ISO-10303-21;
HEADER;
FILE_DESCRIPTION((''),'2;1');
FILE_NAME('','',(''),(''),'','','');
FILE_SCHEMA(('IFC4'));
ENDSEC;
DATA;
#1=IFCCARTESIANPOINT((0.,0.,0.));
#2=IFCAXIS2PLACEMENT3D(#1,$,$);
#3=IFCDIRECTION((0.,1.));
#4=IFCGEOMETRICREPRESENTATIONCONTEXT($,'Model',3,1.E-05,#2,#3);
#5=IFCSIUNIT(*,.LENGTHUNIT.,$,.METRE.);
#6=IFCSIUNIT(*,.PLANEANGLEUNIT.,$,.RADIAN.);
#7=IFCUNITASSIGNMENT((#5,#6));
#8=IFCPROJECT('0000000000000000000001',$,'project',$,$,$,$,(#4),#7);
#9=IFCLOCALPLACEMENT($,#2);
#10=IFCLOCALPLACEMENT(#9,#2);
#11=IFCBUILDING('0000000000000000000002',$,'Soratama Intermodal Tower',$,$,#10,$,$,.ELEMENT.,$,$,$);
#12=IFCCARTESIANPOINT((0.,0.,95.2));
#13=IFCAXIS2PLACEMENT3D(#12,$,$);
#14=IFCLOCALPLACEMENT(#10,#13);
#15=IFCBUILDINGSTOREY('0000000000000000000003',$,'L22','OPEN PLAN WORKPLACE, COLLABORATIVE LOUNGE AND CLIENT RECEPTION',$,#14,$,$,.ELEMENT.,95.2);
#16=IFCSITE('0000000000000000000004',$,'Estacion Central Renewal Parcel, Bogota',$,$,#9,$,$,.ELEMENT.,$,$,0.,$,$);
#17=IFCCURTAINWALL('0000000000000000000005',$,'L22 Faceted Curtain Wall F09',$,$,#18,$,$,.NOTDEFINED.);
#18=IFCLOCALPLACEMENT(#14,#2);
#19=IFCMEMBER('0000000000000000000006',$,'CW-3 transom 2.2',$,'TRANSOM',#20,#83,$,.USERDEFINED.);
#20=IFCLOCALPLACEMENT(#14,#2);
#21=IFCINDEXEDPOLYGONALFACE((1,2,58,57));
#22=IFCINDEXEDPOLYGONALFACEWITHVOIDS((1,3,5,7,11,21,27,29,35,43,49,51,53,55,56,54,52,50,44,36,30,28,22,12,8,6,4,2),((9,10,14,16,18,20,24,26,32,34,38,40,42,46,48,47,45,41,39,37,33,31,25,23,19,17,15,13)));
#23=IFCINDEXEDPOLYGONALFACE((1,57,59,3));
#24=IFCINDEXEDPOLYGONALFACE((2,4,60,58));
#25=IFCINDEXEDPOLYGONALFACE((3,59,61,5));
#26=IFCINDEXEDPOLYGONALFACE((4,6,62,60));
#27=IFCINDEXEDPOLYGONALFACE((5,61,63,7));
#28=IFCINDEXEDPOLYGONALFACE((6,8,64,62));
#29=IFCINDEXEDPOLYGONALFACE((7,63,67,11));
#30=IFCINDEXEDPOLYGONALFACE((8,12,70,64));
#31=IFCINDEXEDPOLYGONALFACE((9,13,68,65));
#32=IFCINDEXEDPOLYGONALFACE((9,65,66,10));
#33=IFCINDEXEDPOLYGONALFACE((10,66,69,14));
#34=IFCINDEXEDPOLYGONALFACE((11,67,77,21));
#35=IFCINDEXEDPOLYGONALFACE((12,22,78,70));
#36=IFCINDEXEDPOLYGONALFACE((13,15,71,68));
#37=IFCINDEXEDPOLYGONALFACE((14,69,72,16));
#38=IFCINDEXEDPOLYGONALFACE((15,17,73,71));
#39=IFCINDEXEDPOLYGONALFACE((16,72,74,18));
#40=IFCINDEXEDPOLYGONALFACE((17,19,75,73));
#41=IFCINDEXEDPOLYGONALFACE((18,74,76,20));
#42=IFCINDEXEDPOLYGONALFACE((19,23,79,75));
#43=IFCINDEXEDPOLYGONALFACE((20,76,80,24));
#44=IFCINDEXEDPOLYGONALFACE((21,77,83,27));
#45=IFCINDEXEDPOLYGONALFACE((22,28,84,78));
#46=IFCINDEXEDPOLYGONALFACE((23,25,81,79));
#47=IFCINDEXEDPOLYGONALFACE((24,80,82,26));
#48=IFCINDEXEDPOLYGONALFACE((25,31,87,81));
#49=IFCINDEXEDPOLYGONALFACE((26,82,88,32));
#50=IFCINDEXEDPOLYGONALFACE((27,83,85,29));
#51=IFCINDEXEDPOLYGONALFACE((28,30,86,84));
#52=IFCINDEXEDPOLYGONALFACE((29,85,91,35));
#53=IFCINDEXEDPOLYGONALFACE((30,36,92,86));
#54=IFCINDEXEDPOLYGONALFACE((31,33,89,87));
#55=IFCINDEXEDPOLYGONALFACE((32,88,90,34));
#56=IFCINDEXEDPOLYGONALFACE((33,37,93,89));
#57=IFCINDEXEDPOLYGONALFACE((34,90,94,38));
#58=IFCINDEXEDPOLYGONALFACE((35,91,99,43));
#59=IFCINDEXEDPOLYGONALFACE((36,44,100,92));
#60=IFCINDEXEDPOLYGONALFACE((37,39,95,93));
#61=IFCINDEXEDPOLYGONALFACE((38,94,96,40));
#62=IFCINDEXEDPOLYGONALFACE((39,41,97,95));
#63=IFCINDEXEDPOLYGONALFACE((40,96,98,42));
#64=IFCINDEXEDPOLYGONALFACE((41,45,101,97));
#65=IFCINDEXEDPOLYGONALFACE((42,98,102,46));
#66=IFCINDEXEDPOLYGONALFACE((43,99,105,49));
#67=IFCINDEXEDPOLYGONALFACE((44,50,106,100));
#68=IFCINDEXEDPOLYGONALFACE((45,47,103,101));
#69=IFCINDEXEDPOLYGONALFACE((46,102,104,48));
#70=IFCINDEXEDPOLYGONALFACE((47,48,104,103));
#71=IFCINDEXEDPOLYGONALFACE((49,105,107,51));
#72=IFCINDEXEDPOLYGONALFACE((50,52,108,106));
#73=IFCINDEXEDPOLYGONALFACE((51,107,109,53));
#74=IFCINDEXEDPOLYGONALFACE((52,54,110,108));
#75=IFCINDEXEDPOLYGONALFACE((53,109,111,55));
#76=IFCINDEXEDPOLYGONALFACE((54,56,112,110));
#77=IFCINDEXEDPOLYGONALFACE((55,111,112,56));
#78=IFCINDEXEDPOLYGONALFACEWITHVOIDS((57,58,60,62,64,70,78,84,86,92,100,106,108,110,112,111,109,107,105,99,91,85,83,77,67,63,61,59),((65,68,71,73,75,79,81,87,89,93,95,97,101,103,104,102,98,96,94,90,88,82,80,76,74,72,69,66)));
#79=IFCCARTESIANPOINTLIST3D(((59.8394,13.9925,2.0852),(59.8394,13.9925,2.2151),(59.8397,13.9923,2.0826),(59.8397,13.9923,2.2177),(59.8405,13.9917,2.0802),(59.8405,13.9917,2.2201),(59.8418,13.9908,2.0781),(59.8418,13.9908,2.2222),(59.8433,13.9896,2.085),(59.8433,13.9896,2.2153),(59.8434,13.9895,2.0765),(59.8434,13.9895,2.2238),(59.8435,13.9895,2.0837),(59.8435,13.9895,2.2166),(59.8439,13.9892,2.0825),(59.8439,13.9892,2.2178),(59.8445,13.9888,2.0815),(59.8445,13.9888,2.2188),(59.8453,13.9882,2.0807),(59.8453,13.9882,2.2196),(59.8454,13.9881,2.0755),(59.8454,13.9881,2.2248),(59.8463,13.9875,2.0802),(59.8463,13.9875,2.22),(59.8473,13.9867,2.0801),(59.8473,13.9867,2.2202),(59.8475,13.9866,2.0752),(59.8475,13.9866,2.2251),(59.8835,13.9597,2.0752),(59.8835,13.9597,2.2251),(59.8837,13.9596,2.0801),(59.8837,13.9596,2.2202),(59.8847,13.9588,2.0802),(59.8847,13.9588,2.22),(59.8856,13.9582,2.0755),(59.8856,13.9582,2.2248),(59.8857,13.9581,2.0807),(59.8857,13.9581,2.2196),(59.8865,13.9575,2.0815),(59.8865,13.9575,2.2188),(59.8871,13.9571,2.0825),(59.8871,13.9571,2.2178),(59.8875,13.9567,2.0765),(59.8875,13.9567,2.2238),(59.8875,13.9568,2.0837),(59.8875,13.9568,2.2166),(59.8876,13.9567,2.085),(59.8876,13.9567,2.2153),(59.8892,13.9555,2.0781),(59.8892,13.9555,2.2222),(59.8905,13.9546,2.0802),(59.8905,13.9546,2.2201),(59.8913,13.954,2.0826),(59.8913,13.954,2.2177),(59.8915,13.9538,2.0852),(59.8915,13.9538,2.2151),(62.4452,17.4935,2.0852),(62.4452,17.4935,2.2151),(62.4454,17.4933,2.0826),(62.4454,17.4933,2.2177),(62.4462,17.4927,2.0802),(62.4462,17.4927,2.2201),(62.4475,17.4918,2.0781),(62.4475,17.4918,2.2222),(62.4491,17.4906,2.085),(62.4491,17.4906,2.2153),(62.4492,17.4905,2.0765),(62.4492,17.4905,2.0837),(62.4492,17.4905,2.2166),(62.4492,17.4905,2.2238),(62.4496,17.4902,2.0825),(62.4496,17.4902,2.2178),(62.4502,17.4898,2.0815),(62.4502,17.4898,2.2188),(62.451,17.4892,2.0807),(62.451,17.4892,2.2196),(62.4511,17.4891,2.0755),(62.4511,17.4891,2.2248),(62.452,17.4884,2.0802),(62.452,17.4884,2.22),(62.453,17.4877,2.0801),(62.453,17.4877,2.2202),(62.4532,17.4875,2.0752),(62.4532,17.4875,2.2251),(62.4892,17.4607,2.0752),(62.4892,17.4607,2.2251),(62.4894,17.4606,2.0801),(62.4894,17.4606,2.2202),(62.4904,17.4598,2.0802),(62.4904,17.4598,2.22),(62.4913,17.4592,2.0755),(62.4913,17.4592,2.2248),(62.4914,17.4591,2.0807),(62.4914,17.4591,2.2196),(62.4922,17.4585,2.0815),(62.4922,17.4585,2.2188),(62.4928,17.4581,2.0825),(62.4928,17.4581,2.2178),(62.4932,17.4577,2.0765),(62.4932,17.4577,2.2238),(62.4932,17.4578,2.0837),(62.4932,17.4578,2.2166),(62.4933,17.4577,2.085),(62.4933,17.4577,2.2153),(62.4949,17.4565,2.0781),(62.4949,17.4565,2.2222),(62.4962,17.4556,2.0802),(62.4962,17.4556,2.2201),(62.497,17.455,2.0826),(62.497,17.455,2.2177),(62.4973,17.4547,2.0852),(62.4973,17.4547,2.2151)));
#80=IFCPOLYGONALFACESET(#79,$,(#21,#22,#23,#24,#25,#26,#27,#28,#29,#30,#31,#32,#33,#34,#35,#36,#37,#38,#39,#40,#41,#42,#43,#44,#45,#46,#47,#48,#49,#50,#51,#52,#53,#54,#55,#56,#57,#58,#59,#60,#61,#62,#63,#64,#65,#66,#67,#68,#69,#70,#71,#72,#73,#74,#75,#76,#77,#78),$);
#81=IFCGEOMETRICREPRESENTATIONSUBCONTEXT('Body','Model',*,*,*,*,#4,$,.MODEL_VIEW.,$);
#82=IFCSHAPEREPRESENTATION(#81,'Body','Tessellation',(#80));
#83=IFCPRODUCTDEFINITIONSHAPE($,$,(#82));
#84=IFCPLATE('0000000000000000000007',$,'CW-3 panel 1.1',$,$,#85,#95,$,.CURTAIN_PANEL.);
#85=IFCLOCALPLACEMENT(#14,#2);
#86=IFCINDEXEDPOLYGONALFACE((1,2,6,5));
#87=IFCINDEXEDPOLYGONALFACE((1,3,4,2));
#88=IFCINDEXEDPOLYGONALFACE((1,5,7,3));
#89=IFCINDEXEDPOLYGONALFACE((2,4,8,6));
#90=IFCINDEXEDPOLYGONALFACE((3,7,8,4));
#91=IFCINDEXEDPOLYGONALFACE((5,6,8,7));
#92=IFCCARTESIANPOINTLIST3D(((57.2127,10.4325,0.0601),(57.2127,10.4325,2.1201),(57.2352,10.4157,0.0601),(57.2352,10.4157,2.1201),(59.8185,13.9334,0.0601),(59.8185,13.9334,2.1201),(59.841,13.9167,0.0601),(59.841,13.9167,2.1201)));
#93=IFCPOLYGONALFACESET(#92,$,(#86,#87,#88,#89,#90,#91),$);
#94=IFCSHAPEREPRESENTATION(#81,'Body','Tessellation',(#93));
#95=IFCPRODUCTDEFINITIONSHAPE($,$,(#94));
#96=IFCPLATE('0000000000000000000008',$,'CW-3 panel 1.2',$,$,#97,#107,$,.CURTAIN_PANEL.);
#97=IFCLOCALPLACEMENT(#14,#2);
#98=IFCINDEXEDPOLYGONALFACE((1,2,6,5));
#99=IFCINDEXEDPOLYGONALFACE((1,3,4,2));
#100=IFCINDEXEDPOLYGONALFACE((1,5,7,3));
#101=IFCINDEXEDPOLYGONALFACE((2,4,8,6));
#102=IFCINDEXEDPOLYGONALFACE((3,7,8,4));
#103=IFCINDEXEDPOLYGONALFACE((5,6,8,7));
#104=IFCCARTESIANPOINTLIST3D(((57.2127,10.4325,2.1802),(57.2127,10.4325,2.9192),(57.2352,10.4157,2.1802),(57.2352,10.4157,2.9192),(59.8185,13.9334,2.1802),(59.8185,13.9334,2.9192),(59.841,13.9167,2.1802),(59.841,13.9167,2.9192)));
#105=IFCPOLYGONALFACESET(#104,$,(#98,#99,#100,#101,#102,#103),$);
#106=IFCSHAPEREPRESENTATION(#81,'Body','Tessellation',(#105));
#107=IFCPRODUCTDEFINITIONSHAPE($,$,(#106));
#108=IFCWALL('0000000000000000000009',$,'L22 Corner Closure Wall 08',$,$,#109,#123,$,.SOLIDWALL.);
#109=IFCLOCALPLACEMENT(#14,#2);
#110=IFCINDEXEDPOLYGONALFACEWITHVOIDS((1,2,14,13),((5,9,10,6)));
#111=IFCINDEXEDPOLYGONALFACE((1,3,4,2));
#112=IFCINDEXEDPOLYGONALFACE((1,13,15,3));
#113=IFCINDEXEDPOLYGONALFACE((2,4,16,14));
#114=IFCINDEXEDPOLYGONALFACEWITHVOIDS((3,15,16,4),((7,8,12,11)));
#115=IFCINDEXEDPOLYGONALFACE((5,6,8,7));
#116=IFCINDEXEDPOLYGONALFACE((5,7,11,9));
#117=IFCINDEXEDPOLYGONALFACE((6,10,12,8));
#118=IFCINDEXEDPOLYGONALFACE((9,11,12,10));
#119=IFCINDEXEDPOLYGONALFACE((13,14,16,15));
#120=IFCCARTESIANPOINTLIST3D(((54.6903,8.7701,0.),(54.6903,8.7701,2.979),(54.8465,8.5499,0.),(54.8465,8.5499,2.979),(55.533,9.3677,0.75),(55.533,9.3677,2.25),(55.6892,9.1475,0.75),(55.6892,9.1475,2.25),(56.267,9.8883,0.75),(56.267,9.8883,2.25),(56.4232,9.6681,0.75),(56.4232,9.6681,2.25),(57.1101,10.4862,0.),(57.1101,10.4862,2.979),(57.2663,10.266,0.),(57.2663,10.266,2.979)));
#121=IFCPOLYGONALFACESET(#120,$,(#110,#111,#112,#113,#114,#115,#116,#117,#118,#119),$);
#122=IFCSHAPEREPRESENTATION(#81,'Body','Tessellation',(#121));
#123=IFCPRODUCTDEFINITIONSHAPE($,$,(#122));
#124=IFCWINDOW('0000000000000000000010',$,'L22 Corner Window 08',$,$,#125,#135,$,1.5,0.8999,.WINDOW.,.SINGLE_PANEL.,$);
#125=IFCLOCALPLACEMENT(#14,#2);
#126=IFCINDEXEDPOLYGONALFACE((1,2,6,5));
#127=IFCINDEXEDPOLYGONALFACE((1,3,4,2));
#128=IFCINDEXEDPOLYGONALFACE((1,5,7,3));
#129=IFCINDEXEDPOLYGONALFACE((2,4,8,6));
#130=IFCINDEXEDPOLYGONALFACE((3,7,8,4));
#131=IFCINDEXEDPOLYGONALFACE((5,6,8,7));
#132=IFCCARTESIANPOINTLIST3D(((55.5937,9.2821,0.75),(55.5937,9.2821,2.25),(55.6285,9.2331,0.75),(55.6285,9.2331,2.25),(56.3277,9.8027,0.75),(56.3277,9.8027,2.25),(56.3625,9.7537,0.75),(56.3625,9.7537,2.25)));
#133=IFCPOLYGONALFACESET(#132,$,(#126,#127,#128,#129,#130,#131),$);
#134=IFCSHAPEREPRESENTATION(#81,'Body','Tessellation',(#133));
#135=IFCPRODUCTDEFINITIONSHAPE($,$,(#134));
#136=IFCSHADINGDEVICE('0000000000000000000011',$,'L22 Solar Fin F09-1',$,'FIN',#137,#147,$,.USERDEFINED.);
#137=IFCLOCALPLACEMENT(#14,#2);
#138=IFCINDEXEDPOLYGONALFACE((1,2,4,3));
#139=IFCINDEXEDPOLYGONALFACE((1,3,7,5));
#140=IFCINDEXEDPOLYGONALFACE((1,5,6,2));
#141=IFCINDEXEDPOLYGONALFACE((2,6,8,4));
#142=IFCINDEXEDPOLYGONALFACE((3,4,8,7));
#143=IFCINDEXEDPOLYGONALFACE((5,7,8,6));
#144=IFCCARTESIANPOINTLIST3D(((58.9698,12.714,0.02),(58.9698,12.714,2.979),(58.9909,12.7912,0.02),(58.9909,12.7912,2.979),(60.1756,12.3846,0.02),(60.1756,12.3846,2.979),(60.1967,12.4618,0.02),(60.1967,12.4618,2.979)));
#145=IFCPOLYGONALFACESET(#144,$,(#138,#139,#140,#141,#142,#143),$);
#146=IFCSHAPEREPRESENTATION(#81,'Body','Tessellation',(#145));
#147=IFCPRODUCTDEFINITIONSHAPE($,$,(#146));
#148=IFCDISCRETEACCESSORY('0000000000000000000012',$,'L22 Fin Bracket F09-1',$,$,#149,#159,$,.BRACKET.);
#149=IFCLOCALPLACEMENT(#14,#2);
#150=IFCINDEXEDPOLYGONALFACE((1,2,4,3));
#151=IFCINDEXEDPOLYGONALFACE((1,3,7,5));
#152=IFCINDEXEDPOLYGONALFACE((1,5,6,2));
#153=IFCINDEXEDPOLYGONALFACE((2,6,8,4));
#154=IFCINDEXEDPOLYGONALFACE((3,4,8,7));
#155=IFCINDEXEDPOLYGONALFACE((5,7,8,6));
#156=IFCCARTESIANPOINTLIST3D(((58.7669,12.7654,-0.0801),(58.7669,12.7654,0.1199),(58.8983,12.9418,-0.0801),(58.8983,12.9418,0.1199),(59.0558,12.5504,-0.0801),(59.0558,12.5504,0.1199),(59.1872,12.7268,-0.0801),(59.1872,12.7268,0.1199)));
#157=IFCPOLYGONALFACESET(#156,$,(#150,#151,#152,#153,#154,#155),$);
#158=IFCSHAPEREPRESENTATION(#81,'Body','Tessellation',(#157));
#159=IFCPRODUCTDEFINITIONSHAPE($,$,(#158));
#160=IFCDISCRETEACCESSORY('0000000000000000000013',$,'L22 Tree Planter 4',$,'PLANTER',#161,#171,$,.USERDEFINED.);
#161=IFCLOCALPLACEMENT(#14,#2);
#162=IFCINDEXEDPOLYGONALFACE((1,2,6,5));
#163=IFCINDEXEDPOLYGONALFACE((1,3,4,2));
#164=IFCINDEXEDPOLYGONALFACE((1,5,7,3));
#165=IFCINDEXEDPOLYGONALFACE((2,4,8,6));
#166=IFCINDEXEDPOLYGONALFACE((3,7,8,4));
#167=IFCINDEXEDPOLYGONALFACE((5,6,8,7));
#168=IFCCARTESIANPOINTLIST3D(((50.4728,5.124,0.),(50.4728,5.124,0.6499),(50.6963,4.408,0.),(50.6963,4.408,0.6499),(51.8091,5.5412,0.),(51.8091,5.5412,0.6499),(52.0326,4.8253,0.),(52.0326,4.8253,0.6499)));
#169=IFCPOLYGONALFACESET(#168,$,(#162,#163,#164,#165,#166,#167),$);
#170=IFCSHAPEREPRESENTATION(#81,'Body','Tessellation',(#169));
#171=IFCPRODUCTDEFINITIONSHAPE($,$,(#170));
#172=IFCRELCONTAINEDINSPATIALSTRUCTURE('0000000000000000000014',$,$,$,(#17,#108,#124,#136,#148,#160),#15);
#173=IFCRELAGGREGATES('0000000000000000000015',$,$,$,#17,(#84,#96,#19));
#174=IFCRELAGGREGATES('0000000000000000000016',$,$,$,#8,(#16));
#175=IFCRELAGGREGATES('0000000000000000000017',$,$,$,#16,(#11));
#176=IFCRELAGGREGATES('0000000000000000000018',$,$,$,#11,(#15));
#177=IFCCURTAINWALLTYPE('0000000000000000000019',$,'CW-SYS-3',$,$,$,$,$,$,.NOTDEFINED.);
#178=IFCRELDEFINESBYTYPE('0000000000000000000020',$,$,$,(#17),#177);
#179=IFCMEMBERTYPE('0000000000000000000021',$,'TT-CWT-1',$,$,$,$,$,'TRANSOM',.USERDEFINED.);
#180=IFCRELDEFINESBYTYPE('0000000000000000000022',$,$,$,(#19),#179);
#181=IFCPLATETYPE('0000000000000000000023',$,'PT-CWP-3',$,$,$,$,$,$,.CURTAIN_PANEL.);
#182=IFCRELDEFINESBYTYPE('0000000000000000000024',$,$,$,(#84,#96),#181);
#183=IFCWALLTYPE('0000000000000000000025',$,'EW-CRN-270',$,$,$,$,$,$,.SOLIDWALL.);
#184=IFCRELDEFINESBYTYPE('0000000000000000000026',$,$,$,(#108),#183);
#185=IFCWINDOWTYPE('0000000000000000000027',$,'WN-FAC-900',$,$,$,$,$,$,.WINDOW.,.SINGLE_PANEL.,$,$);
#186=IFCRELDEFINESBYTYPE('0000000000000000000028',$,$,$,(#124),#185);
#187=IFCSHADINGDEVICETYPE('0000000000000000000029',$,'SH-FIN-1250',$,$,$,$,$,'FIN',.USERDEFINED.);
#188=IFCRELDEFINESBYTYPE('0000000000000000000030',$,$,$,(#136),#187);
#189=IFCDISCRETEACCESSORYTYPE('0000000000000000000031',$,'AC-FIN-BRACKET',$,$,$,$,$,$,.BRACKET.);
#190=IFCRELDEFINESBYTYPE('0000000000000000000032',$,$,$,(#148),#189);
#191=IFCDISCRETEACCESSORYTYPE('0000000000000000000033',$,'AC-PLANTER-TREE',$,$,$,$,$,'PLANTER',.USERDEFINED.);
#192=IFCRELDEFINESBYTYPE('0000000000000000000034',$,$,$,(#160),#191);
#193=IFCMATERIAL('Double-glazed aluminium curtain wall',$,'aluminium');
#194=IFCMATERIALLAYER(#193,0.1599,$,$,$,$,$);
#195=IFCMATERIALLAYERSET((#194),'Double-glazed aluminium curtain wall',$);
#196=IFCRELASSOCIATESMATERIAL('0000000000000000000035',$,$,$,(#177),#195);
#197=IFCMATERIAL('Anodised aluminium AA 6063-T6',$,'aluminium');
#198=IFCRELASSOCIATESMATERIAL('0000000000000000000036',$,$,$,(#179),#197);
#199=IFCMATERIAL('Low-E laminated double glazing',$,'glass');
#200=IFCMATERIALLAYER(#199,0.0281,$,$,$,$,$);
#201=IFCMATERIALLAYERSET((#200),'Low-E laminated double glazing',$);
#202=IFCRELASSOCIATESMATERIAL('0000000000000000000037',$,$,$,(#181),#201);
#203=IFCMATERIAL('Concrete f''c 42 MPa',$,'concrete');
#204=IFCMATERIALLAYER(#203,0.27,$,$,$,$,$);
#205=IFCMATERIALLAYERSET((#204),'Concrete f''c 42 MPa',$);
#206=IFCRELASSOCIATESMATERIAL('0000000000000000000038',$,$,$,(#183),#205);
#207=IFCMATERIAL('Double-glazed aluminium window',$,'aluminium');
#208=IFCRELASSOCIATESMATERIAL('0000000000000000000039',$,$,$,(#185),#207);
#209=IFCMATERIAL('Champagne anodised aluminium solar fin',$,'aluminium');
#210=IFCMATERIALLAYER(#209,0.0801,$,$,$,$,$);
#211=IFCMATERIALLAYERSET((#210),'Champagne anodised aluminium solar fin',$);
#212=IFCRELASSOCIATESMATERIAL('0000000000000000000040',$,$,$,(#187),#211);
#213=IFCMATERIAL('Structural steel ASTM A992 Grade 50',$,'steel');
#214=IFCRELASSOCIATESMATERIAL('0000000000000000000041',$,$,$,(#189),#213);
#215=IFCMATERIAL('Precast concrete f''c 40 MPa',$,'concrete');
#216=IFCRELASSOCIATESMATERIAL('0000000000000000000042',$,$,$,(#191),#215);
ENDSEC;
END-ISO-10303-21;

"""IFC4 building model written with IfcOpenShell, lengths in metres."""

from ifc_helpers import new_model, si_unit, direction, frame, frame_2d, origin, origin_2d, place, context, subcontext, project, spatial, rectangle, hollow_rectangle, extrude, material, layer, layer_set, material_profile, profile_set, type_object, element, fill, aggregate, save


model = new_model("IFC4")

# Units and contexts
model_context = context("Model", 3, precision=1e-05, world=origin(), true_north=direction((0.0, 1.0)))
body_context = subcontext(model_context, "Body", "Model", "MODEL_VIEW")
ifc_project = project(units=[si_unit("LENGTHUNIT", "METRE"), si_unit("PLANEANGLEUNIT", "RADIAN")], contexts=[model_context])

# Site, building, storey
site_placement = place(None, origin())
site = spatial("IfcSite", under=ifc_project, at=site_placement, Name="Estacion Central Renewal Parcel, Bogota", CompositionType="ELEMENT", RefElevation=0.0)
building_placement = place(site_placement, origin())
building = spatial("IfcBuilding", under=site, at=building_placement, Name="Soratama Intermodal Tower", CompositionType="ELEMENT")
storey_placement = place(building_placement, frame((0.0, 0.0, 95.2)))
storey = spatial("IfcBuildingStorey", under=building, at=storey_placement, Name="L22", Description="OPEN PLAN WORKPLACE, COLLABORATIVE LOUNGE AND CLIENT RECEPTION", CompositionType="ELEMENT", Elevation=95.2)

# Curtain wall, member, plates
ifc_material_1 = material(Name="Double-glazed aluminium curtain wall", Category="aluminium")
ifc_layer_1 = layer(ifc_material_1, 0.1599)
ifc_layer_set_1 = layer_set([ifc_layer_1], Name="Double-glazed aluminium curtain wall")
curtain_wall_type = type_object("IfcCurtainWallType", Name="CW-SYS-3", PredefinedType="NOTDEFINED", material=ifc_layer_set_1)
curtain_wall_placement = place(storey_placement, origin())
curtain_wall = element("IfcCurtainWall", 1, at=curtain_wall_placement, inside=storey, type_object=curtain_wall_type, Name="L22 Faceted Curtain Wall F09", PredefinedType="NOTDEFINED")
ifc_material_2 = material(Name="Anodised aluminium AA 6063-T6", Category="aluminium")
ifc_material_profile_1 = material_profile(ifc_material_2, hollow_rectangle(XDim=0.0649, YDim=0.1499, WallThickness=0.0049, InnerFilletRadius=0.0049, OuterFilletRadius=0.01, at=origin_2d()), Name="CWT150X65X5")
ifc_profile_set_1 = profile_set([ifc_material_profile_1], Name="Anodised aluminium AA 6063-T6")
member_type_1 = type_object("IfcMemberType", Name="TT-CWT-1", ElementType="TRANSOM", PredefinedType="USERDEFINED", material=ifc_profile_set_1)
member_1_placement = place(storey_placement, frame((59.8655, 13.9731, 2.1501), z_axis=(0.59706, 0.802196, 0.0), x_axis=(-0.802196, 0.59706, 0.0)))
member_1 = element("IfcMember", 2, at=member_1_placement, type_object=member_type_1, Name="CW-3 transom 2.2", ObjectType="TRANSOM", PredefinedType="USERDEFINED", context=body_context, shape_type="SweptSolid", body=[
    extrude(hollow_rectangle(XDim=0.0649, YDim=0.1499, WallThickness=0.0049, InnerFilletRadius=0.0049, OuterFilletRadius=0.01, at=origin_2d()), origin(), (0.0, 0.0, 1.0), 4.3643),
])
ifc_material_3 = material(Name="Low-E laminated double glazing", Category="glass")
ifc_layer_2 = layer(ifc_material_3, 0.0281)
ifc_layer_set_2 = layer_set([ifc_layer_2], Name="Low-E laminated double glazing")
plate_type = type_object("IfcPlateType", Name="PT-CWP-3", PredefinedType="CURTAIN_PANEL", material=ifc_layer_set_2)
plate_1_placement = place(storey_placement, frame((58.5269, 12.1746, 0.0601), z_axis=(0.0, 0.0, 1.0), x_axis=(0.59707, 0.802189, 0.0)))
plate_1 = element("IfcPlate", 3, at=plate_1_placement, type_object=plate_type, Name="CW-3 panel 1.1", PredefinedType="CURTAIN_PANEL", context=body_context, shape_type="SweptSolid", body=[
    extrude(rectangle(XDim=4.3643, YDim=0.0281, at=origin_2d()), origin(), (0.0, 0.0, 1.0), 2.0601),
])
plate_2_placement = place(storey_placement, frame((58.5269, 12.1746, 2.1802), z_axis=(0.0, 0.0, 1.0), x_axis=(0.59707, 0.802189, 0.0)))
plate_2 = element("IfcPlate", 4, at=plate_2_placement, type_object=plate_type, Name="CW-3 panel 1.2", PredefinedType="CURTAIN_PANEL", context=body_context, shape_type="SweptSolid", body=[
    extrude(rectangle(XDim=4.3643, YDim=0.0281, at=origin_2d()), origin(), (0.0, 0.0, 1.0), 0.739),
])
aggregate(curtain_wall, [plate_1, plate_2, member_1])

# Wall, opening, window
ifc_material_4 = material(Name="Concrete f'c 42 MPa", Category="concrete")
ifc_layer_3 = layer(ifc_material_4, 0.27)
ifc_layer_set_3 = layer_set([ifc_layer_3], Name="Concrete f'c 42 MPa")
wall_type = type_object("IfcWallType", Name="EW-CRN-270", PredefinedType="SOLIDWALL", material=ifc_layer_set_3)
wall_placement = place(storey_placement, frame((54.7683, 8.6599, 0.0), z_axis=(0.0, 0.0, 1.0), x_axis=(0.815686, 0.578494, 0.0)))
wall = element("IfcWall", 5, at=wall_placement, inside=storey, type_object=wall_type, Name="L22 Corner Closure Wall 08", PredefinedType="SOLIDWALL", context=body_context, shape_type="SweptSolid", body=[
    extrude(rectangle(XDim=2.9666, YDim=0.27, at=frame_2d((1.4834, 0.0))), origin(), (0.0, 0.0, 1.0), 2.979),
])
opening_placement = place(wall_placement, frame((1.0332, 0.0, 0.75)))
opening = element("IfcOpeningElement", 6, at=opening_placement, cuts=wall, PredefinedType="OPENING", context=body_context, shape_type="SweptSolid", body=[
    extrude(rectangle(XDim=0.8999, YDim=1.5, at=frame_2d((0.45, 0.75))), frame((0.0, 0.145, 0.0), z_axis=(0.0, -1.0, 0.0), x_axis=(1.0, 0.0, 0.0)), (0.0, 0.0, 1.0), 0.29),
])
ifc_material_5 = material(Name="Double-glazed aluminium window", Category="aluminium")
window_type = type_object("IfcWindowType", Name="WN-FAC-900", PartitioningType="SINGLE_PANEL", PredefinedType="WINDOW", material=ifc_material_5)
window_placement = place(opening_placement, origin())
window = element("IfcWindow", 7, at=window_placement, inside=storey, type_object=window_type, Name="L22 Corner Window 08", OverallHeight=1.5, OverallWidth=0.8999, PartitioningType="SINGLE_PANEL", PredefinedType="WINDOW", context=body_context, shape_type="SweptSolid", body=[
    extrude(rectangle(XDim=0.8999, YDim=1.5, at=frame_2d((0.45, 0.75))), frame((0.0, 0.03, 0.0), z_axis=(0.0, -1.0, 0.0), x_axis=(1.0, 0.0, 0.0)), (0.0, 0.0, 1.0), 0.0601),
])
fill(opening, window)

# Shading device
ifc_material_6 = material(Name="Champagne anodised aluminium solar fin", Category="aluminium")
ifc_layer_4 = layer(ifc_material_6, 0.0801)
ifc_layer_set_4 = layer_set([ifc_layer_4], Name="Champagne anodised aluminium solar fin")
shading_device_type = type_object("IfcShadingDeviceType", Name="SH-FIN-1250", ElementType="FIN", PredefinedType="USERDEFINED", material=ifc_layer_set_4)
shading_device_placement = place(storey_placement, frame((59.5833, 12.5879, 0.02), z_axis=(0.0, 0.0, 1.0), x_axis=(0.964649, -0.263536, 0.0)))
element("IfcShadingDevice", 8, at=shading_device_placement, inside=storey, type_object=shading_device_type, Name="L22 Solar Fin F09-1", ObjectType="FIN", PredefinedType="USERDEFINED", context=body_context, shape_type="SweptSolid", body=[
    extrude(rectangle(XDim=1.25, YDim=0.0801, at=origin_2d()), origin(), (0.0, 0.0, 1.0), 2.959),
])

# Discrete accessories
ifc_material_7 = material(Name="Structural steel ASTM A992 Grade 50", Category="steel")
discrete_accessory_type_1 = type_object("IfcDiscreteAccessoryType", Name="AC-FIN-BRACKET", PredefinedType="BRACKET", material=ifc_material_7)
discrete_accessory_1_placement = place(storey_placement, frame((58.9771, 12.7461, -0.0801), z_axis=(0.0, 0.0, 1.0), x_axis=(0.802193, -0.597065, 0.0)))
element("IfcDiscreteAccessory", 9, at=discrete_accessory_1_placement, inside=storey, type_object=discrete_accessory_type_1, Name="L22 Fin Bracket F09-1", PredefinedType="BRACKET", context=body_context, shape_type="SweptSolid", body=[
    extrude(rectangle(XDim=0.3601, YDim=0.22, at=origin_2d()), origin(), (0.0, 0.0, 1.0), 0.2),
])
ifc_material_8 = material(Name="Precast concrete f'c 40 MPa", Category="concrete")
discrete_accessory_type_2 = type_object("IfcDiscreteAccessoryType", Name="AC-PLANTER-TREE", ElementType="PLANTER", PredefinedType="USERDEFINED", material=ifc_material_8)
discrete_accessory_2_placement = place(storey_placement, frame((51.2527, 4.9746, 0.0), z_axis=(0.0, 0.0, 1.0), x_axis=(0.298041, -0.954553, 0.0)))
element("IfcDiscreteAccessory", 10, at=discrete_accessory_2_placement, inside=storey, type_object=discrete_accessory_type_2, Name="L22 Tree Planter 4", ObjectType="PLANTER", PredefinedType="USERDEFINED", context=body_context, shape_type="SweptSolid", body=[
    extrude(rectangle(XDim=0.75, YDim=1.3999, at=origin_2d()), origin(), (0.0, 0.0, 1.0), 0.6499),
])

save(model, "model.ifc")
